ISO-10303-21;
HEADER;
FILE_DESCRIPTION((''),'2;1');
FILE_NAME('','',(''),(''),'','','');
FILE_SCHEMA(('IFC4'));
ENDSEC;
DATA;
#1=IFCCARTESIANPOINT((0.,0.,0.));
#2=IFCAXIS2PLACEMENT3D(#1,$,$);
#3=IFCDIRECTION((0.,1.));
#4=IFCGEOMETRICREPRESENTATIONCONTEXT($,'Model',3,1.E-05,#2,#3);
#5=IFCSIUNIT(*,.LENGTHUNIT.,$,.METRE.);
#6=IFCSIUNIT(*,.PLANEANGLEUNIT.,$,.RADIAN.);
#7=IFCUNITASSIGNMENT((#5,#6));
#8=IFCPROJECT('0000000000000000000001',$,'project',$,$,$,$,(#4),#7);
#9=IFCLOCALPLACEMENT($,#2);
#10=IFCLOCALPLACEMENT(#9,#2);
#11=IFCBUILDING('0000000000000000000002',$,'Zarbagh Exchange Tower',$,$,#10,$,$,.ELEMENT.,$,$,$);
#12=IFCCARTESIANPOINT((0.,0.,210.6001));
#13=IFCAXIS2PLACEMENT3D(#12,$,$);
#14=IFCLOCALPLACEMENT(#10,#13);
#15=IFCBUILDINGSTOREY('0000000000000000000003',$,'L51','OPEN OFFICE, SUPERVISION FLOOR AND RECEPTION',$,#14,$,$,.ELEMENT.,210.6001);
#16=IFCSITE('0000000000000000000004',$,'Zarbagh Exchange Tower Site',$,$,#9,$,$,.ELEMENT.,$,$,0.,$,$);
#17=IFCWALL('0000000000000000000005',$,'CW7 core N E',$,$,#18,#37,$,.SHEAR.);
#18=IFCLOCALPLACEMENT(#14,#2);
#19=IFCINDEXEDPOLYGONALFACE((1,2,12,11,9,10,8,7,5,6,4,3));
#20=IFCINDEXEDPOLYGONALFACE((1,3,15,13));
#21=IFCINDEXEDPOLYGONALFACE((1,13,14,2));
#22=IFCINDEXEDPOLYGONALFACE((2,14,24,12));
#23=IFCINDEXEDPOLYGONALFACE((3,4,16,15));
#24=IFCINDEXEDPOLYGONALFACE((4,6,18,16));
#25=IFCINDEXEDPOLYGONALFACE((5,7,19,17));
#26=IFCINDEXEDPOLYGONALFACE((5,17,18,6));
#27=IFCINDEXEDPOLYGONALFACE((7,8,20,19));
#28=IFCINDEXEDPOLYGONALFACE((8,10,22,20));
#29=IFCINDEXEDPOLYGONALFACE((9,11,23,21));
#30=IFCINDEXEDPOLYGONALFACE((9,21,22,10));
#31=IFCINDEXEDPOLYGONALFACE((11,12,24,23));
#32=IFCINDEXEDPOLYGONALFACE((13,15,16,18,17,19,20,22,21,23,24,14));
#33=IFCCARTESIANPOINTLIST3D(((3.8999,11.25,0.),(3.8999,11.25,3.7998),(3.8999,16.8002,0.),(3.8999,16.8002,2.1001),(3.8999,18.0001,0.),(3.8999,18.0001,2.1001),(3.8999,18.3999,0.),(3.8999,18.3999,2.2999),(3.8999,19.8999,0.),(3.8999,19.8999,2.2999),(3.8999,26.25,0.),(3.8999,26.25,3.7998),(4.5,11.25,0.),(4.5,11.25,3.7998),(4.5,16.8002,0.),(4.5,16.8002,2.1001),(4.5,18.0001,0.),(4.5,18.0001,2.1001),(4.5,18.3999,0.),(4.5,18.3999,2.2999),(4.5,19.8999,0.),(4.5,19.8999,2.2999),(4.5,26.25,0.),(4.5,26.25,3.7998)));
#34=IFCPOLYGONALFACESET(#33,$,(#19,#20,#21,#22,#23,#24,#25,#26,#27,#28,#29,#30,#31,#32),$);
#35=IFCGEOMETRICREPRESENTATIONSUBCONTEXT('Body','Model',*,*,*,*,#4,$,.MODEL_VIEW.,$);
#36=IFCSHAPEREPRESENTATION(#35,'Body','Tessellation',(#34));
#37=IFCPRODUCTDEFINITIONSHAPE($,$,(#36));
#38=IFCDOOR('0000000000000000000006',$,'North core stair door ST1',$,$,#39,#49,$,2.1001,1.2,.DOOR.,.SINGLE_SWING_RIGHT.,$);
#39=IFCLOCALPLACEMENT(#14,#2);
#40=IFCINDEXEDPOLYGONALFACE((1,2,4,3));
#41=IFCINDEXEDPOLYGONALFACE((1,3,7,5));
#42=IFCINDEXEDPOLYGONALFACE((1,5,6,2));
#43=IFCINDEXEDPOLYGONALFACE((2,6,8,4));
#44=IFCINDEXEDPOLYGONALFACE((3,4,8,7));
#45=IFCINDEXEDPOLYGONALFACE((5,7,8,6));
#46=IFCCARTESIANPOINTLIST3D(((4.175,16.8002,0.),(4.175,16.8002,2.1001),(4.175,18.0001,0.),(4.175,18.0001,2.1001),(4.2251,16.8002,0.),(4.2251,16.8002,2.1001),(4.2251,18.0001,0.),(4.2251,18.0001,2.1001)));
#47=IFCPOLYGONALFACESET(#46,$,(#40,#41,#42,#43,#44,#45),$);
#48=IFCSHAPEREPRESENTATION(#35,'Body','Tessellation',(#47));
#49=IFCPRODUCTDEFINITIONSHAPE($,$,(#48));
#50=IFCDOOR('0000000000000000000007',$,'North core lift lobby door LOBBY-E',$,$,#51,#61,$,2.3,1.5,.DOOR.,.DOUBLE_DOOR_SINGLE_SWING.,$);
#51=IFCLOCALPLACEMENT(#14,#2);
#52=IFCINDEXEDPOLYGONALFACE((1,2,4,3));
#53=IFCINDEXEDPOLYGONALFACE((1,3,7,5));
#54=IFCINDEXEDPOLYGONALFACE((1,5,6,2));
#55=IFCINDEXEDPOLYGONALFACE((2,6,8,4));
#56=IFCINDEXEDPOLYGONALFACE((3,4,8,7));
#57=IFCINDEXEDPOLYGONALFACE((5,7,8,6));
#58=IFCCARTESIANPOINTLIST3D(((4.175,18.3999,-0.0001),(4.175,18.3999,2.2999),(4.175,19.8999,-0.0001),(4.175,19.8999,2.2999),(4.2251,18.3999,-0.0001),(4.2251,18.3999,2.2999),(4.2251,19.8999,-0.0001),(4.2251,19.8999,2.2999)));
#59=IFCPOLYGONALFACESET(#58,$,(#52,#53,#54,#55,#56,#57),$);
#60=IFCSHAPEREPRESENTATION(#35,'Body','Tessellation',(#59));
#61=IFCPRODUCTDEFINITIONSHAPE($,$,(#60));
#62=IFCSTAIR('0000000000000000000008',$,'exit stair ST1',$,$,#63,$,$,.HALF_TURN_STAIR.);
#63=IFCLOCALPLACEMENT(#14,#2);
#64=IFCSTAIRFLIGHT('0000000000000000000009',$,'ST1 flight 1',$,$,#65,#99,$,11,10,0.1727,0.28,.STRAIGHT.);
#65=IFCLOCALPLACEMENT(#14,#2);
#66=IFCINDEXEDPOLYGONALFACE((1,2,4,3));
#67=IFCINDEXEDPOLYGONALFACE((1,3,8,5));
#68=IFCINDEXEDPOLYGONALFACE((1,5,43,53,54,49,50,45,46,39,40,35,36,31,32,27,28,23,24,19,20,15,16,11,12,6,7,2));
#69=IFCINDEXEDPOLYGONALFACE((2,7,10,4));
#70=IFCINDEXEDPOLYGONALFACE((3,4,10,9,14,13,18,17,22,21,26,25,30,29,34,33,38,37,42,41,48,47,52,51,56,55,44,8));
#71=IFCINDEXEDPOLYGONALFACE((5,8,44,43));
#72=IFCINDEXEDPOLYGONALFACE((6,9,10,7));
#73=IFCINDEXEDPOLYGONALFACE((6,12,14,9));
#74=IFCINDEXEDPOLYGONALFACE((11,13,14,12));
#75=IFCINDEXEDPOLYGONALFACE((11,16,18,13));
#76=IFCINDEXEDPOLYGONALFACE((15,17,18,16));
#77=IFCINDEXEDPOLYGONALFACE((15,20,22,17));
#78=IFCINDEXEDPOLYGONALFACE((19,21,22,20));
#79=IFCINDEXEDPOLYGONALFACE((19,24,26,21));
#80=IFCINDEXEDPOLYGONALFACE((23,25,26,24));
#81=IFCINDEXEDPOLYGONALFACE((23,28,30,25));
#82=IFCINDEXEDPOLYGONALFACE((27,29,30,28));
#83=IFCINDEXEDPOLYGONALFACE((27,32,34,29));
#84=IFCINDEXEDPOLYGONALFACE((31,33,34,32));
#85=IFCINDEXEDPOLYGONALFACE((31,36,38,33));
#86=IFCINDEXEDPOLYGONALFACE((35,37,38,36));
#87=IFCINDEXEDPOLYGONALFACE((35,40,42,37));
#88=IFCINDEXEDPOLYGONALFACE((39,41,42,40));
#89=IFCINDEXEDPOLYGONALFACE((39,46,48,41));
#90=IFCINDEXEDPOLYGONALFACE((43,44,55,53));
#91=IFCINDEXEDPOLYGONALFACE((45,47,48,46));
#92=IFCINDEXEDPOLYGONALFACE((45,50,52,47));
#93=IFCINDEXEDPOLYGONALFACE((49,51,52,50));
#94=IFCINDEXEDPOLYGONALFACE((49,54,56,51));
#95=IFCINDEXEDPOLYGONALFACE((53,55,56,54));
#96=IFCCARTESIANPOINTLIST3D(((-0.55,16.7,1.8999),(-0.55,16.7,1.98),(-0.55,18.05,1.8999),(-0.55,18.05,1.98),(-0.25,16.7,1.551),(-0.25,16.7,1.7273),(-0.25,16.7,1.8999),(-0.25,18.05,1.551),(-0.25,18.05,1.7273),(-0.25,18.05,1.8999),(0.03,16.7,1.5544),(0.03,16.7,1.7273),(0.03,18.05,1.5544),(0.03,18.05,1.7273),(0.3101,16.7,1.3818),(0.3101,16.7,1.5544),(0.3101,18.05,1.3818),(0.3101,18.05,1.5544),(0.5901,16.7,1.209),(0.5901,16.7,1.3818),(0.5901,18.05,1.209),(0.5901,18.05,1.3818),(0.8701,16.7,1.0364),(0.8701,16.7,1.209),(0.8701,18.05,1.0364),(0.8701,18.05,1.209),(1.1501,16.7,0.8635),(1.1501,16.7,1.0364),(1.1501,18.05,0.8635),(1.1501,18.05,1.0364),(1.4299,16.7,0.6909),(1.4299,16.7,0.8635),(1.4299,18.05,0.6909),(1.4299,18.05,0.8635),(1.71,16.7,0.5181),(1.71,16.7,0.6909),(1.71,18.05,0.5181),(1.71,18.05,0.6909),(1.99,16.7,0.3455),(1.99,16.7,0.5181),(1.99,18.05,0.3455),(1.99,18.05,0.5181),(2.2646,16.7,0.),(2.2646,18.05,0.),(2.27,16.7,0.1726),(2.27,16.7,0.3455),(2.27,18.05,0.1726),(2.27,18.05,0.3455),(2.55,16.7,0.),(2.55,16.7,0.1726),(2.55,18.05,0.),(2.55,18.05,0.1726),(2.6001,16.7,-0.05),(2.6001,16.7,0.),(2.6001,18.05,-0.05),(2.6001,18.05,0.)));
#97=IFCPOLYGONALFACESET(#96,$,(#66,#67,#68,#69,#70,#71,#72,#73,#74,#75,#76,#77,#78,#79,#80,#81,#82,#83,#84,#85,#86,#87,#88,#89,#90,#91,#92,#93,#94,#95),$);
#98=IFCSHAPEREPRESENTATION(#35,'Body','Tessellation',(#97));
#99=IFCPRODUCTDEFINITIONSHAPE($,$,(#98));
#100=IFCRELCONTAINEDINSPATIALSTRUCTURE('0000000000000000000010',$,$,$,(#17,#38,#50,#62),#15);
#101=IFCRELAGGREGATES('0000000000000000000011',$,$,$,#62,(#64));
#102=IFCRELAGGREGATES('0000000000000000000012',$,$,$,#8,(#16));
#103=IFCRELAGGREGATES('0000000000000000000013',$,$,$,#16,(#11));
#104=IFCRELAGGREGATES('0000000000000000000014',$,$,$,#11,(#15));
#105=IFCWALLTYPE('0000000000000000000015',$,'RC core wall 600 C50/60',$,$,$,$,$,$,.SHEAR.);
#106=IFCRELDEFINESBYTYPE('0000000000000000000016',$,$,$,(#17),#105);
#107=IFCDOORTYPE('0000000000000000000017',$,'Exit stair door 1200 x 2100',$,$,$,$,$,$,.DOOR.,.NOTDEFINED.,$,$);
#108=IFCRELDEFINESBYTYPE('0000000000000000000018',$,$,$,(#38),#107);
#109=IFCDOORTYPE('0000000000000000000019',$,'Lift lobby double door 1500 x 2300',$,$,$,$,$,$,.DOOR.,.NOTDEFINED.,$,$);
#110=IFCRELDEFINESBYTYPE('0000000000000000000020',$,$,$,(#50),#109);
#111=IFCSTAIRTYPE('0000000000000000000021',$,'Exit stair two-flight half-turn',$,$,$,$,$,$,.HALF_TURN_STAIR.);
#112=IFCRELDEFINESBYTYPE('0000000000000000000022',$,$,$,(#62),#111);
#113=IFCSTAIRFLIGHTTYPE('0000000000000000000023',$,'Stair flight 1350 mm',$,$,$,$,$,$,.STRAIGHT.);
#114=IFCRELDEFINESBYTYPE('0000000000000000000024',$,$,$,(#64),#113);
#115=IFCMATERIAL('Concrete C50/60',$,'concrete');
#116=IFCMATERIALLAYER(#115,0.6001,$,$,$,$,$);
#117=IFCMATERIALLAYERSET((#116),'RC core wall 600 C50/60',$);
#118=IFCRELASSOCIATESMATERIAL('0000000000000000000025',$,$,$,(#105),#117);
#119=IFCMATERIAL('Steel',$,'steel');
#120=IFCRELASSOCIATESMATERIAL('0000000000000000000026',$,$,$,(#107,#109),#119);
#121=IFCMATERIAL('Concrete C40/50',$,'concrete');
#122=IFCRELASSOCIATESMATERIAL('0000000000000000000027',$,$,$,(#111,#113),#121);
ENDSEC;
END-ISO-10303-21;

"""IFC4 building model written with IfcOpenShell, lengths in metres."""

from ifc_helpers import new_model, si_unit, direction, frame, frame_2d, origin, place, context, subcontext, project, spatial, polyline, rectangle, outline, extrude, material, layer, layer_set, type_object, element, fill, aggregate, save


model = new_model("IFC4")

# Units and contexts
model_context = context("Model", 3, precision=1e-05, world=origin(), true_north=direction((0.0, 1.0)))
body_context = subcontext(model_context, "Body", "Model", "MODEL_VIEW")
ifc_project = project(units=[si_unit("LENGTHUNIT", "METRE"), si_unit("PLANEANGLEUNIT", "RADIAN")], contexts=[model_context])

# Site, building, storey
site_placement = place(None, origin())
site = spatial("IfcSite", under=ifc_project, at=site_placement, Name="Zarbagh Exchange Tower Site", CompositionType="ELEMENT", RefElevation=0.0)
building_placement = place(site_placement, origin())
building = spatial("IfcBuilding", under=site, at=building_placement, Name="Zarbagh Exchange Tower", CompositionType="ELEMENT")
storey_placement = place(building_placement, frame((0.0, 0.0, 210.6001)))
storey = spatial("IfcBuildingStorey", under=building, at=storey_placement, Name="L51", Description="OPEN OFFICE, SUPERVISION FLOOR AND RECEPTION", CompositionType="ELEMENT", Elevation=210.6001)

# Shared definitions
ifc_material_1 = material(Name="Concrete C50/60", Category="concrete")

# Wall, openings, doors
ifc_layer_1 = layer(ifc_material_1, 0.6001)
ifc_layer_set_1 = layer_set([ifc_layer_1], Name="RC core wall 600 C50/60")
wall_type_1 = type_object("IfcWallType", Name="RC core wall 600 C50/60", PredefinedType="SHEAR", material=ifc_layer_set_1)
wall_1_placement = place(storey_placement, frame((4.2, 11.25, 0.0), z_axis=(0.0, 0.0, 1.0), x_axis=(0.0, 1.0, 0.0)))
wall_1 = element("IfcWall", 1, at=wall_1_placement, inside=storey, type_object=wall_type_1, Name="CW7 core N E", PredefinedType="SHEAR", context=body_context, shape_type="SweptSolid", body=[
    extrude(rectangle(XDim=15.0, YDim=0.6001, at=frame_2d((7.5, 0.0))), origin(), (0.0, 0.0, 1.0), 3.7998),
])
opening_1_placement = place(wall_1_placement, frame((7.1499, 0.0, 0.0)))
opening_1 = element("IfcOpeningElement", 2, at=opening_1_placement, cuts=wall_1, PredefinedType="OPENING", context=body_context, shape_type="SweptSolid", body=[
    extrude(rectangle(XDim=1.5, YDim=2.3, at=frame_2d((0.75, 1.1499))), frame((0.0, 0.3101, 0.0), z_axis=(0.0, -1.0, 0.0), x_axis=(1.0, 0.0, 0.0)), (0.0, 0.0, 1.0), 0.6201),
])
opening_2_placement = place(wall_1_placement, frame((5.55, 0.0, 0.0)))
opening_2 = element("IfcOpeningElement", 3, at=opening_2_placement, cuts=wall_1, PredefinedType="OPENING", context=body_context, shape_type="SweptSolid", body=[
    extrude(rectangle(XDim=1.2, YDim=2.1001, at=frame_2d((0.6001, 1.05))), frame((0.0, 0.3101, 0.0), z_axis=(0.0, -1.0, 0.0), x_axis=(1.0, 0.0, 0.0)), (0.0, 0.0, 1.0), 0.6201),
])
ifc_material_2 = material(Name="Steel", Category="steel")
door_type_1 = type_object("IfcDoorType", Name="Exit stair door 1200 x 2100", OperationType="NOTDEFINED", PredefinedType="DOOR", material=ifc_material_2)
door_1_placement = place(opening_2_placement, origin())
door_1 = element("IfcDoor", 4, at=door_1_placement, inside=storey, type_object=door_type_1, Name="North core stair door ST1", OperationType="SINGLE_SWING_RIGHT", OverallHeight=2.1001, OverallWidth=1.2, PredefinedType="DOOR", context=body_context, shape_type="SweptSolid", body=[
    extrude(rectangle(XDim=1.2, YDim=2.1001, at=frame_2d((0.6001, 1.05))), frame((0.0, 0.0249, 0.0), z_axis=(0.0, -1.0, 0.0), x_axis=(1.0, 0.0, 0.0)), (0.0, 0.0, 1.0), 0.05),
])
fill(opening_2, door_1)
door_type_2 = type_object("IfcDoorType", Name="Lift lobby double door 1500 x 2300", OperationType="NOTDEFINED", PredefinedType="DOOR", material=ifc_material_2)
door_2_placement = place(opening_1_placement, origin())
door_2 = element("IfcDoor", 5, at=door_2_placement, inside=storey, type_object=door_type_2, Name="North core lift lobby door LOBBY-E", OperationType="DOUBLE_DOOR_SINGLE_SWING", OverallHeight=2.3, OverallWidth=1.5, PredefinedType="DOOR", context=body_context, shape_type="SweptSolid", body=[
    extrude(rectangle(XDim=1.5, YDim=2.3, at=frame_2d((0.75, 1.1499))), frame((0.0, 0.0249, 0.0), z_axis=(0.0, -1.0, 0.0), x_axis=(1.0, 0.0, 0.0)), (0.0, 0.0, 1.0), 0.05),
])
fill(opening_1, door_2)

# Stair, stair flight
ifc_material_3 = material(Name="Concrete C40/50", Category="concrete")
stair_type = type_object("IfcStairType", Name="Exit stair two-flight half-turn", PredefinedType="HALF_TURN_STAIR", material=ifc_material_3)
stair_placement = place(storey_placement, origin())
stair = element("IfcStair", 6, at=stair_placement, inside=storey, type_object=stair_type, Name="exit stair ST1", PredefinedType="HALF_TURN_STAIR")
stair_flight_type = type_object("IfcStairFlightType", Name="Stair flight 1350 mm", PredefinedType="STRAIGHT", material=ifc_material_3)
stair_flight_placement = place(storey_placement, frame((2.55, 17.375, 0.0), z_axis=(0.0, 0.0, 1.0), x_axis=(-1.0, 0.0, 0.0)))
stair_flight = element("IfcStairFlight", 7, at=stair_flight_placement, type_object=stair_flight_type, Name="ST1 flight 1", NumberOfRisers=11, NumberOfTreads=10, PredefinedType="STRAIGHT", RiserHeight=0.1727, TreadLength=0.28, context=body_context, shape_type="SweptSolid", body=[
    extrude(outline(polyline([(-0.05, -0.05), (-0.05, 0.0), (0.0, 0.0), (0.0, 0.1726), (0.28, 0.1726), (0.28, 0.3455), (0.5601, 0.3455), (0.5601, 0.5181), (0.8401, 0.5181), (0.8401, 0.6909), (1.1201, 0.6909), (1.1201, 0.8635), (1.3999, 0.8635), (1.3999, 1.0364), (1.6799, 1.0364), (1.6799, 1.209), (1.96, 1.209), (1.96, 1.3818), (2.24, 1.3818), (2.24, 1.5544), (2.52, 1.5544), (2.52, 1.7273), (2.8, 1.7273), (2.8, 1.8999), (3.1001, 1.98), (3.1001, 1.8999), (2.8, 1.551), (0.2854, 0.0), (-0.05, -0.05)])), frame((0.0, 0.675, 0.0), z_axis=(0.0, -1.0, 0.0), x_axis=(1.0, 0.0, 0.0)), (0.0, 0.0, 1.0), 1.3501),
])
aggregate(stair, [stair_flight])

save(model, "model.ifc")
